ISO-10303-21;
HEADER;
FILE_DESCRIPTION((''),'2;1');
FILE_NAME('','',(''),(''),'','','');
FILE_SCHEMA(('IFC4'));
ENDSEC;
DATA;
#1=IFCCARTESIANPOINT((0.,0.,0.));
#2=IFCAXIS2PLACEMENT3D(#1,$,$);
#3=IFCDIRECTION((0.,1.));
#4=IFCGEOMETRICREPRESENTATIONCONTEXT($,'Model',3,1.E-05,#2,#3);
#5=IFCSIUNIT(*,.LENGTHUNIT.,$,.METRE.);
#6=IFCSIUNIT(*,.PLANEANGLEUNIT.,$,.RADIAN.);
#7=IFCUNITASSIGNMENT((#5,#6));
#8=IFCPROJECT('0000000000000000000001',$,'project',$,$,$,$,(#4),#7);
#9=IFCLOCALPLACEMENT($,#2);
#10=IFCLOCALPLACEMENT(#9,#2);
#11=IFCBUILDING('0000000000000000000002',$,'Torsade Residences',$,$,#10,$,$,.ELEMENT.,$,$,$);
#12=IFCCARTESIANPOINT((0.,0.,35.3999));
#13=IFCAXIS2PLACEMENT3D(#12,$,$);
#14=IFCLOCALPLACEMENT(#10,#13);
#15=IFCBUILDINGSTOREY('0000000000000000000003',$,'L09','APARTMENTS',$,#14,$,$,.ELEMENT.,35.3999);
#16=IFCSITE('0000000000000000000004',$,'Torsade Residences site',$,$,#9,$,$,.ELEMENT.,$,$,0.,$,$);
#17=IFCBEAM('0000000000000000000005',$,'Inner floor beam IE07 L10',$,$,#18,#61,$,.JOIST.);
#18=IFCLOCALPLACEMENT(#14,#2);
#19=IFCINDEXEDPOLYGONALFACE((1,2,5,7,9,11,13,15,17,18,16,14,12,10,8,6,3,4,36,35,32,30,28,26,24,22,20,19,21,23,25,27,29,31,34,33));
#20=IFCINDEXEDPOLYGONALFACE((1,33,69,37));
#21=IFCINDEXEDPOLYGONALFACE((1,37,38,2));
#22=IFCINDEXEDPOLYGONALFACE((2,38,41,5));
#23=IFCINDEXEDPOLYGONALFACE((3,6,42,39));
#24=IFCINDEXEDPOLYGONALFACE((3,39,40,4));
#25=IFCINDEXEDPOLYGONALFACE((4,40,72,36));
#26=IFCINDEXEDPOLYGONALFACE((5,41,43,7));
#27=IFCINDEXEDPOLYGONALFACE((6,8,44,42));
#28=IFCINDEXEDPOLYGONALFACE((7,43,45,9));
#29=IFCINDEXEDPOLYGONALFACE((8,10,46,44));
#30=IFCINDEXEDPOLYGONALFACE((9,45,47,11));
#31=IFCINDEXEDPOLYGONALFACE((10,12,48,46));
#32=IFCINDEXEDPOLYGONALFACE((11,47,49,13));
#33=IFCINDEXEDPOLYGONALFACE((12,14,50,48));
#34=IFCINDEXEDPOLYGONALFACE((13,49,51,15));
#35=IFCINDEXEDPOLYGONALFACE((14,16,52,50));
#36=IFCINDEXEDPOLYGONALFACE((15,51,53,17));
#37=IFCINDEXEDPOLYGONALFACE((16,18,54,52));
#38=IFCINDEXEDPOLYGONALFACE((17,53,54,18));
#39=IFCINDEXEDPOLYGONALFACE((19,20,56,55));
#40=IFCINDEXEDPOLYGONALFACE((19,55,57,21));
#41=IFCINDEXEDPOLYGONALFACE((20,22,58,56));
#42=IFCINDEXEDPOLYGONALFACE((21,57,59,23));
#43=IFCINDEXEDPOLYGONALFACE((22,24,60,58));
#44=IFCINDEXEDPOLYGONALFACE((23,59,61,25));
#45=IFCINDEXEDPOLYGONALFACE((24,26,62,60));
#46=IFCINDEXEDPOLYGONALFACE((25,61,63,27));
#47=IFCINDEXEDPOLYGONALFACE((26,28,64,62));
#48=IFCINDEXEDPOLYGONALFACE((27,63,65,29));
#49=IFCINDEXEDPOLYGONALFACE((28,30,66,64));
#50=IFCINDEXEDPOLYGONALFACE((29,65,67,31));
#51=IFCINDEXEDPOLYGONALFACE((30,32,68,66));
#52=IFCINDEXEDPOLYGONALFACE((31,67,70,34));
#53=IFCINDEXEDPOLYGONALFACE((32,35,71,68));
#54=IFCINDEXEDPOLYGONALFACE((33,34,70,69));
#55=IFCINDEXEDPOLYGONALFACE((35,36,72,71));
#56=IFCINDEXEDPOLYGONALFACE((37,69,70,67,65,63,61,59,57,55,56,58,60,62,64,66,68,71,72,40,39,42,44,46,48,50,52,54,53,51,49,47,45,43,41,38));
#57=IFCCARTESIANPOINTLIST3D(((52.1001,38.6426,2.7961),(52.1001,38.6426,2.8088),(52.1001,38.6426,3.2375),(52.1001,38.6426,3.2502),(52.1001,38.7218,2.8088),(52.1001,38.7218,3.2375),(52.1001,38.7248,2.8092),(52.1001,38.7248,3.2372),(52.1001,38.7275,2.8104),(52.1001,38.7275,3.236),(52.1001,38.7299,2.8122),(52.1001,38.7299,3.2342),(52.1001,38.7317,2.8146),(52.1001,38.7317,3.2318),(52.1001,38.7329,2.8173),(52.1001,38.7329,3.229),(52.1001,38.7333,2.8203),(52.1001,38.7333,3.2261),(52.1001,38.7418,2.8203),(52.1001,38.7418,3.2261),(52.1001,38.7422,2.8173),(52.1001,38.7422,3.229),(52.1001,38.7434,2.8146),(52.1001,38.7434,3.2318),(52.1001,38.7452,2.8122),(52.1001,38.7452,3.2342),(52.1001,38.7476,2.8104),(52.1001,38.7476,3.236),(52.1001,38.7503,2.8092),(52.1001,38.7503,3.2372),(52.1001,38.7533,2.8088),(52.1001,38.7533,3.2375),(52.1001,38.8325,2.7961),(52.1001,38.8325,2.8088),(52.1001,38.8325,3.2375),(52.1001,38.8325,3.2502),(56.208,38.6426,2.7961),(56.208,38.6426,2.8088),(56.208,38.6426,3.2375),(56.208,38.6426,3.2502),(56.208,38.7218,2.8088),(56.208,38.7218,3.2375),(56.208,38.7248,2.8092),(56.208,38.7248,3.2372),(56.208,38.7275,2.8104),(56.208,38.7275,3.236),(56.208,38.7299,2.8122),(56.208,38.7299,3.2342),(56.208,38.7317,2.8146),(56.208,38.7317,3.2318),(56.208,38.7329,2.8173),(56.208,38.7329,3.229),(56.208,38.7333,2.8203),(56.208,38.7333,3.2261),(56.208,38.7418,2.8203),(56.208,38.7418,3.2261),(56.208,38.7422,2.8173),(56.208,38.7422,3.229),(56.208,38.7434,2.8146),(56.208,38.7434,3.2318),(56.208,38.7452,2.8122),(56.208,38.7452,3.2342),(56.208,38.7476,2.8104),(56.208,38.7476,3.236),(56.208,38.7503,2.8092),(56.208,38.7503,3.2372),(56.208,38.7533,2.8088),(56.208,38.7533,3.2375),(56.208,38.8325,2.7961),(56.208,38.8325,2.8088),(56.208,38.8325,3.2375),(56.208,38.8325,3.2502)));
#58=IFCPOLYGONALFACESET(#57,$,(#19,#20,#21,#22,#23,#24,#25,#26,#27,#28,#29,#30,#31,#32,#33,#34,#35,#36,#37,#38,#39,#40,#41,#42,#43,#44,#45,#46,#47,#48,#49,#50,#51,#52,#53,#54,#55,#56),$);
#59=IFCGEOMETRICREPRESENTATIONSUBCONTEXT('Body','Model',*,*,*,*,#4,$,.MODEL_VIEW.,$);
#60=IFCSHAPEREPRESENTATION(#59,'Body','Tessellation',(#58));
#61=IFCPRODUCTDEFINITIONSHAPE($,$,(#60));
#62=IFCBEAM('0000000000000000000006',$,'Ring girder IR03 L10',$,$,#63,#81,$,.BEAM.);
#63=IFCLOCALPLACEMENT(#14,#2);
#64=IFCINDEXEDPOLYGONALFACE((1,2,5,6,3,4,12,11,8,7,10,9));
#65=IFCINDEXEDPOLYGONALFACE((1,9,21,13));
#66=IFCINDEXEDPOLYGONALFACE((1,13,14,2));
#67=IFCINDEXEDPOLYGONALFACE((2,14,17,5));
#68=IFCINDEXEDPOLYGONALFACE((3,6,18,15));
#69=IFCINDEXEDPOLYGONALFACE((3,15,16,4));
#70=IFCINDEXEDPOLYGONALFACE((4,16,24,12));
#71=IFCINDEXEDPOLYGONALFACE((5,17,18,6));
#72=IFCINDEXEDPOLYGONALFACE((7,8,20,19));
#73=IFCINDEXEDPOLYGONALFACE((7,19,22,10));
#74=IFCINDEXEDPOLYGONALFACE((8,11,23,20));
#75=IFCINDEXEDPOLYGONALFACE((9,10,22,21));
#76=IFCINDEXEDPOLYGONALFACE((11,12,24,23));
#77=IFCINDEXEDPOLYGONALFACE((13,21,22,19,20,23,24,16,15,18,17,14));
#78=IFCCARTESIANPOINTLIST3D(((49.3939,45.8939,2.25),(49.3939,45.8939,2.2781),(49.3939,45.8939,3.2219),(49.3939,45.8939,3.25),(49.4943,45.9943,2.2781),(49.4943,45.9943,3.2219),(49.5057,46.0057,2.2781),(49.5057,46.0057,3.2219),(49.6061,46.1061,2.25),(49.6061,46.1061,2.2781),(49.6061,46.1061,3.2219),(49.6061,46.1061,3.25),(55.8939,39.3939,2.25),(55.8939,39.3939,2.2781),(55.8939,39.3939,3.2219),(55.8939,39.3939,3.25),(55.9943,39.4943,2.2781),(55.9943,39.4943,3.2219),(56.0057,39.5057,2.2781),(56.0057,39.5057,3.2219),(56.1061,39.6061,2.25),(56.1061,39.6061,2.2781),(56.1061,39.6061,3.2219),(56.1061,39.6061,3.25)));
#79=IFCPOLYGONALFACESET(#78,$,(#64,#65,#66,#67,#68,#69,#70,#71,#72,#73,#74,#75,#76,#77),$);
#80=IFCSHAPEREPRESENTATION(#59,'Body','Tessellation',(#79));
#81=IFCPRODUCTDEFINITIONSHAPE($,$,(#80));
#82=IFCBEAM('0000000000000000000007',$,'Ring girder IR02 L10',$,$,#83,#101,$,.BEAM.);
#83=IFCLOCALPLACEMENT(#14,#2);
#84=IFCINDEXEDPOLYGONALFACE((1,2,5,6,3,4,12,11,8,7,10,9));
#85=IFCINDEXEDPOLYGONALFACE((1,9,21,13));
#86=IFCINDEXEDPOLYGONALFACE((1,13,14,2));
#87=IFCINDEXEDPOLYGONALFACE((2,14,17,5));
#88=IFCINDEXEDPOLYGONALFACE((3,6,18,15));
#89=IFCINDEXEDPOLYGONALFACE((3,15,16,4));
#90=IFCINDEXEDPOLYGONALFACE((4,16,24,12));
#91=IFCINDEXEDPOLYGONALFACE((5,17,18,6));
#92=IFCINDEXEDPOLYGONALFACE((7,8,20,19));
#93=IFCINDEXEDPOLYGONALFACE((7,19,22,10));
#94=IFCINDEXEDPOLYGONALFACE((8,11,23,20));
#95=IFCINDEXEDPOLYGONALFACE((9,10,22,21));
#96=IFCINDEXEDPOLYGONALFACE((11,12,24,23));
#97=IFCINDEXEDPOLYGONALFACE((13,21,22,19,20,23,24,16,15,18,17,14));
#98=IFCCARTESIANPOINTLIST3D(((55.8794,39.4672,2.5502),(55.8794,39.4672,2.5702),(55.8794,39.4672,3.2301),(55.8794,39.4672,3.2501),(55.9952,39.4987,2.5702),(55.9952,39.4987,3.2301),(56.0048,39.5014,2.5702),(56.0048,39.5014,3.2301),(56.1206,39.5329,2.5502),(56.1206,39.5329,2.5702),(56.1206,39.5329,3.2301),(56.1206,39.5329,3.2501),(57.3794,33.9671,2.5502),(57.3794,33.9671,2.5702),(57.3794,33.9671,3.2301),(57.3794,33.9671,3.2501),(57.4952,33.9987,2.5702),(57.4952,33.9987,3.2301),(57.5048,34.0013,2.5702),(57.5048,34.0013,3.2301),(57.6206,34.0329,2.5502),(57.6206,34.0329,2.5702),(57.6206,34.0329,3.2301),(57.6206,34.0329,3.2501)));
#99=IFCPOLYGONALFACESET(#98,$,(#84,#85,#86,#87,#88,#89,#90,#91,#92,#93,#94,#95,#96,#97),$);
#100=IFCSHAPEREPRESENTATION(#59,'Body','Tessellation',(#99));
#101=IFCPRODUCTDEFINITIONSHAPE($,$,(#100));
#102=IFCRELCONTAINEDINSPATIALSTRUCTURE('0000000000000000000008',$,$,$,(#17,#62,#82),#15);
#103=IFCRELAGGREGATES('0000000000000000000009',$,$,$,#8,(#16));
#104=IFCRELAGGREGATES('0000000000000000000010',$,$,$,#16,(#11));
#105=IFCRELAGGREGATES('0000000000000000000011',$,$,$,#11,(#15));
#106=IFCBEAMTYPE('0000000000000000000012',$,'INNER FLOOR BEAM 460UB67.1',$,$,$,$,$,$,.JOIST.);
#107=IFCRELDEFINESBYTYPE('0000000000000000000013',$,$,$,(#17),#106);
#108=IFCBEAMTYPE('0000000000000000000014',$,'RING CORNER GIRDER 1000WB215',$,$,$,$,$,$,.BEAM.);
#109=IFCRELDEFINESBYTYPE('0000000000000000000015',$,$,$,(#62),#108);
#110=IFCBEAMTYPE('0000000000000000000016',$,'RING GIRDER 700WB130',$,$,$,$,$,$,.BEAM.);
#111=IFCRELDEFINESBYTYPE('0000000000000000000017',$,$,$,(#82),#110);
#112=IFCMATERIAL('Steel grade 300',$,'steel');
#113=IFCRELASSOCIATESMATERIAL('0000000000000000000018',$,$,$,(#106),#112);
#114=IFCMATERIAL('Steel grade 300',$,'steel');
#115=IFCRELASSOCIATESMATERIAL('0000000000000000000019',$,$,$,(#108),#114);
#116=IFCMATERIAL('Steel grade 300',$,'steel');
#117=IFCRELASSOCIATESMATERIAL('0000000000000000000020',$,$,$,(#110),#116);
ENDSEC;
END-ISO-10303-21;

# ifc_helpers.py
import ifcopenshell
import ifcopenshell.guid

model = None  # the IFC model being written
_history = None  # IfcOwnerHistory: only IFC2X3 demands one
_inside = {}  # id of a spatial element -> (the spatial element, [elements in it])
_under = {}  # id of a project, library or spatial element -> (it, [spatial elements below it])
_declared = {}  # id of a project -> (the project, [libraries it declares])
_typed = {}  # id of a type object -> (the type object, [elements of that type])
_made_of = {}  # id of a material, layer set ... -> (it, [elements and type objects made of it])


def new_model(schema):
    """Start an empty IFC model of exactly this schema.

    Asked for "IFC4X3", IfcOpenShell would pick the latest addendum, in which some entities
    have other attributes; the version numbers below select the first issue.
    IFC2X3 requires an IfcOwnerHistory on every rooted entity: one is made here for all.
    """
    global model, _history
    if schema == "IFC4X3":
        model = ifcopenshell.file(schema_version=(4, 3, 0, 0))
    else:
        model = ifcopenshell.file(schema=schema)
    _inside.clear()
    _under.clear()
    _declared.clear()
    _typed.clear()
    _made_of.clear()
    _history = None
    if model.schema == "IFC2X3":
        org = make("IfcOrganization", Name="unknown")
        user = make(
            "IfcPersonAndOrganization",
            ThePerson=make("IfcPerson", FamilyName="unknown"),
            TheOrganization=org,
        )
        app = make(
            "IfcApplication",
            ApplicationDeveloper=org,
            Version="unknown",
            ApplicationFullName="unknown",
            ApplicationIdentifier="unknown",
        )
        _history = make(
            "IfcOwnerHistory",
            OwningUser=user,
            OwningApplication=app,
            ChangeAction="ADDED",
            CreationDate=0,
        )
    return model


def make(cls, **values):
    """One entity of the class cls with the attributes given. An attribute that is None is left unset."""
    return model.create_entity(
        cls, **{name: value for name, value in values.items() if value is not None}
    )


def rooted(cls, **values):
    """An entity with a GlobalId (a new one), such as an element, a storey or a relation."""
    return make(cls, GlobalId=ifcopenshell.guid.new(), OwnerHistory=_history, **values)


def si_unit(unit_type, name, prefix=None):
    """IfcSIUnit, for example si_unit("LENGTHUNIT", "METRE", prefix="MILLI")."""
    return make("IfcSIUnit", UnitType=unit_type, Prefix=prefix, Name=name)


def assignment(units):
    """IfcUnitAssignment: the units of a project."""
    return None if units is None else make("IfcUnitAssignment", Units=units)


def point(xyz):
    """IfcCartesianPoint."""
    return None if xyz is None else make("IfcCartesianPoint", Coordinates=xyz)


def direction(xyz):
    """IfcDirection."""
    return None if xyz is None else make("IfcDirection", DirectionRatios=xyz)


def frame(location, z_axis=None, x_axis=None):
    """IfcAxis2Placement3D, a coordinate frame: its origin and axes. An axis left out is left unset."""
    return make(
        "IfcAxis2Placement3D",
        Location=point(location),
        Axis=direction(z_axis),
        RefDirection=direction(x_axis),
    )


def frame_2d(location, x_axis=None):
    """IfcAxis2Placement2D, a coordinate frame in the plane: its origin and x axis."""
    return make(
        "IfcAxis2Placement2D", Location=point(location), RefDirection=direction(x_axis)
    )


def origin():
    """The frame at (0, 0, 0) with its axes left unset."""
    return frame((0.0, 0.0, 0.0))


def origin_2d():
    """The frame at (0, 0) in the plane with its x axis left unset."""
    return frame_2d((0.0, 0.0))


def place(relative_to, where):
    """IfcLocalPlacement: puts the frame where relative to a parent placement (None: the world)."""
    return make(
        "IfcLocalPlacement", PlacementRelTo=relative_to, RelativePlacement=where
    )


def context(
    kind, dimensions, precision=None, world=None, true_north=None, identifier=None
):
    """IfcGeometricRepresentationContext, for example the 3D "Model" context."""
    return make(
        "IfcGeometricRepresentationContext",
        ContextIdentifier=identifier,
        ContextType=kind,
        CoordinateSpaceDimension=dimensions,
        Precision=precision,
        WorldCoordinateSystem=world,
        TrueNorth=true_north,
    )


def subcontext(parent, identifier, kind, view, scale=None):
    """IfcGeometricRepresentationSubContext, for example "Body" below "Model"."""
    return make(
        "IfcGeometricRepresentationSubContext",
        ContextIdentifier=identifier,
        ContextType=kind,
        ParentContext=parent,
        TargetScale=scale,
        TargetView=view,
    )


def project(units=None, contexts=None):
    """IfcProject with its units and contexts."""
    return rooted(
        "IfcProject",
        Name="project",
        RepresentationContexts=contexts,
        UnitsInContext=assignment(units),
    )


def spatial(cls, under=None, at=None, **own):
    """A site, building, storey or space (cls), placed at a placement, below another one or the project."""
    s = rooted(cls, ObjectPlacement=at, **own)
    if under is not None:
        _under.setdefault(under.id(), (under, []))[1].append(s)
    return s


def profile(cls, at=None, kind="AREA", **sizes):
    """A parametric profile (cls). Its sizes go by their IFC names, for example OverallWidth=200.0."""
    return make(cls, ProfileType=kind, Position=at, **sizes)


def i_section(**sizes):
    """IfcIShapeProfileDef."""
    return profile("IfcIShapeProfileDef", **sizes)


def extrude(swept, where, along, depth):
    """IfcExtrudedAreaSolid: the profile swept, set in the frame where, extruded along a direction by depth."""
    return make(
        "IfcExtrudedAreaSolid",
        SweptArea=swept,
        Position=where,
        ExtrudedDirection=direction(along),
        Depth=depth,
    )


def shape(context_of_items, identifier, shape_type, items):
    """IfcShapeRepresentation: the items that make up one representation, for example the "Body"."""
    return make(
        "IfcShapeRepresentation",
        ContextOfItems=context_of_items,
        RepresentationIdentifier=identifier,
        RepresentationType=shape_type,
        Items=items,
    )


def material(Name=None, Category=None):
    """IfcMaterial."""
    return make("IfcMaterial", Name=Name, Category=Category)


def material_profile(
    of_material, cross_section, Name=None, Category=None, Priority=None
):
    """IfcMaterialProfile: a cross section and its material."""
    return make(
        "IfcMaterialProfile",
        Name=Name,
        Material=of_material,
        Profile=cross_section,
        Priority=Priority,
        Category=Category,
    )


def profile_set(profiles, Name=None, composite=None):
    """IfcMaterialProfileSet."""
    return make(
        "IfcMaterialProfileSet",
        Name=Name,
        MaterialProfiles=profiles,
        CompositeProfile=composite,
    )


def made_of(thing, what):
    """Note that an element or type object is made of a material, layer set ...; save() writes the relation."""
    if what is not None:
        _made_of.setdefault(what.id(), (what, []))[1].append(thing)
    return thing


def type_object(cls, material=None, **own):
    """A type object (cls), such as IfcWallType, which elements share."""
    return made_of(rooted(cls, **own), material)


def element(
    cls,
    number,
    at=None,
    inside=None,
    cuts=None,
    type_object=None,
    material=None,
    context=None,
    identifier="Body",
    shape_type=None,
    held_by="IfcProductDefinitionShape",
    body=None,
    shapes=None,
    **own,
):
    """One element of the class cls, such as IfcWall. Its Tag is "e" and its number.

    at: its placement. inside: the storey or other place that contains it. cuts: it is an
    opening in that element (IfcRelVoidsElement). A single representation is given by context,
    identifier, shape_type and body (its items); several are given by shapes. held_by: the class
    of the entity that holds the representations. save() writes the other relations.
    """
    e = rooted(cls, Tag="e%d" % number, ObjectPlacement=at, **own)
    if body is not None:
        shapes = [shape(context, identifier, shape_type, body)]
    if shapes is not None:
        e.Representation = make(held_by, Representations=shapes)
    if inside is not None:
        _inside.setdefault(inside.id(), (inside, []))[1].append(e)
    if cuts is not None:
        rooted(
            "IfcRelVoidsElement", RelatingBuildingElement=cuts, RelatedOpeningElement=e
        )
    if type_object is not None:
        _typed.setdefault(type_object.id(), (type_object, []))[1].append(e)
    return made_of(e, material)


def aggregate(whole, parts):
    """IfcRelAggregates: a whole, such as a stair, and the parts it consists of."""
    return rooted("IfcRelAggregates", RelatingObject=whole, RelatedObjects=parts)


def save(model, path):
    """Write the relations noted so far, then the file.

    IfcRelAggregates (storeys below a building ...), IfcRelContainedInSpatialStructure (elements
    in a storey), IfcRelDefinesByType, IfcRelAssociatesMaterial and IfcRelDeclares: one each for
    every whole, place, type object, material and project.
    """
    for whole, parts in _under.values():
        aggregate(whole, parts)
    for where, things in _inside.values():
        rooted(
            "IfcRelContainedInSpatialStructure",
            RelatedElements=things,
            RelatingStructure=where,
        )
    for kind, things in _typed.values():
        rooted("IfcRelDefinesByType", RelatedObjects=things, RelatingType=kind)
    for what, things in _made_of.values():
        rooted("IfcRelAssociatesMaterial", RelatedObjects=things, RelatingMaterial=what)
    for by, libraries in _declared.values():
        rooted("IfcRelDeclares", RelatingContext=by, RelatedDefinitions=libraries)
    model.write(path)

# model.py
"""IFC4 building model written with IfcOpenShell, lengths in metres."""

from ifc_helpers import new_model, si_unit, direction, frame, origin, origin_2d, place, context, subcontext, project, spatial, i_section, extrude, material, material_profile, profile_set, type_object, element, save


model = new_model("IFC4")

# Units and contexts
model_context = context("Model", 3, precision=1e-05, world=origin(), true_north=direction((0.0, 1.0)))
body_context = subcontext(model_context, "Body", "Model", "MODEL_VIEW")
ifc_project = project(units=[si_unit("LENGTHUNIT", "METRE"), si_unit("PLANEANGLEUNIT", "RADIAN")], contexts=[model_context])

# Site, building, storey
site_placement = place(None, origin())
site = spatial("IfcSite", under=ifc_project, at=site_placement, Name="Torsade Residences site", CompositionType="ELEMENT", RefElevation=0.0)
building_placement = place(site_placement, origin())
building = spatial("IfcBuilding", under=site, at=building_placement, Name="Torsade Residences", CompositionType="ELEMENT")
storey_placement = place(building_placement, frame((0.0, 0.0, 35.3999)))
storey = spatial("IfcBuildingStorey", under=building, at=storey_placement, Name="L09", Description="APARTMENTS", CompositionType="ELEMENT", Elevation=35.3999)

# Beams
ifc_material_1 = material(Name="Steel grade 300", Category="steel")
ifc_material_profile_1 = material_profile(ifc_material_1, i_section(OverallWidth=0.1899, OverallDepth=0.4541, WebThickness=0.0085, FlangeThickness=0.0127, FilletRadius=0.0115, at=origin_2d()), Name="460UB67.1")
ifc_profile_set_1 = profile_set([ifc_material_profile_1], Name="Steel grade 300")
beam_type_1 = type_object("IfcBeamType", Name="INNER FLOOR BEAM 460UB67.1", PredefinedType="JOIST", material=ifc_profile_set_1)
beam_1_placement = place(storey_placement, frame((52.1001, 38.7375, 3.0232), z_axis=(1.0, 0.0, 0.0), x_axis=(0.0, 1.0, 0.0)))
element("IfcBeam", 1, at=beam_1_placement, inside=storey, type_object=beam_type_1, Name="Inner floor beam IE07 L10", PredefinedType="JOIST", context=body_context, shape_type="SweptSolid", body=[
    extrude(i_section(OverallWidth=0.1899, OverallDepth=0.4541, WebThickness=0.0085, FlangeThickness=0.0127, FilletRadius=0.0115, at=origin_2d()), origin(), (0.0, 0.0, 1.0), 4.1079),
])
ifc_material_2 = material(Name="Steel grade 300", Category="steel")
ifc_material_profile_2 = material_profile(ifc_material_2, i_section(OverallWidth=0.3, OverallDepth=1.0, WebThickness=0.0161, FlangeThickness=0.0281, at=origin_2d()), Name="1000WB215")
ifc_profile_set_2 = profile_set([ifc_material_profile_2], Name="Steel grade 300")
beam_type_2 = type_object("IfcBeamType", Name="RING CORNER GIRDER 1000WB215", PredefinedType="BEAM", material=ifc_profile_set_2)
beam_2_placement = place(storey_placement, frame((56.0, 39.5, 2.75), z_axis=(-0.707107, 0.707107, 0.0), x_axis=(-0.707107, -0.707107, 0.0)))
element("IfcBeam", 2, at=beam_2_placement, inside=storey, type_object=beam_type_2, Name="Ring girder IR03 L10", PredefinedType="BEAM", context=body_context, shape_type="SweptSolid", body=[
    extrude(i_section(OverallWidth=0.3, OverallDepth=1.0, WebThickness=0.0161, FlangeThickness=0.0281, at=origin_2d()), origin(), (0.0, 0.0, 1.0), 9.1924),
])
ifc_material_3 = material(Name="Steel grade 300", Category="steel")
ifc_material_profile_3 = material_profile(ifc_material_3, i_section(OverallWidth=0.25, OverallDepth=0.7, WebThickness=0.01, FlangeThickness=0.02, at=origin_2d()), Name="700WB130")
ifc_profile_set_3 = profile_set([ifc_material_profile_3], Name="Steel grade 300")
beam_type_3 = type_object("IfcBeamType", Name="RING GIRDER 700WB130", PredefinedType="BEAM", material=ifc_profile_set_3)
beam_3_placement = place(storey_placement, frame((57.5, 34.0, 2.9001), z_axis=(-0.263117, 0.964764, 0.0), x_axis=(-0.964764, -0.263117, 0.0)))
element("IfcBeam", 3, at=beam_3_placement, inside=storey, type_object=beam_type_3, Name="Ring girder IR02 L10", PredefinedType="BEAM", context=body_context, shape_type="SweptSolid", body=[
    extrude(i_section(OverallWidth=0.25, OverallDepth=0.7, WebThickness=0.01, FlangeThickness=0.02, at=origin_2d()), origin(), (0.0, 0.0, 1.0), 5.7009),
])

save(model, "model.ifc")
